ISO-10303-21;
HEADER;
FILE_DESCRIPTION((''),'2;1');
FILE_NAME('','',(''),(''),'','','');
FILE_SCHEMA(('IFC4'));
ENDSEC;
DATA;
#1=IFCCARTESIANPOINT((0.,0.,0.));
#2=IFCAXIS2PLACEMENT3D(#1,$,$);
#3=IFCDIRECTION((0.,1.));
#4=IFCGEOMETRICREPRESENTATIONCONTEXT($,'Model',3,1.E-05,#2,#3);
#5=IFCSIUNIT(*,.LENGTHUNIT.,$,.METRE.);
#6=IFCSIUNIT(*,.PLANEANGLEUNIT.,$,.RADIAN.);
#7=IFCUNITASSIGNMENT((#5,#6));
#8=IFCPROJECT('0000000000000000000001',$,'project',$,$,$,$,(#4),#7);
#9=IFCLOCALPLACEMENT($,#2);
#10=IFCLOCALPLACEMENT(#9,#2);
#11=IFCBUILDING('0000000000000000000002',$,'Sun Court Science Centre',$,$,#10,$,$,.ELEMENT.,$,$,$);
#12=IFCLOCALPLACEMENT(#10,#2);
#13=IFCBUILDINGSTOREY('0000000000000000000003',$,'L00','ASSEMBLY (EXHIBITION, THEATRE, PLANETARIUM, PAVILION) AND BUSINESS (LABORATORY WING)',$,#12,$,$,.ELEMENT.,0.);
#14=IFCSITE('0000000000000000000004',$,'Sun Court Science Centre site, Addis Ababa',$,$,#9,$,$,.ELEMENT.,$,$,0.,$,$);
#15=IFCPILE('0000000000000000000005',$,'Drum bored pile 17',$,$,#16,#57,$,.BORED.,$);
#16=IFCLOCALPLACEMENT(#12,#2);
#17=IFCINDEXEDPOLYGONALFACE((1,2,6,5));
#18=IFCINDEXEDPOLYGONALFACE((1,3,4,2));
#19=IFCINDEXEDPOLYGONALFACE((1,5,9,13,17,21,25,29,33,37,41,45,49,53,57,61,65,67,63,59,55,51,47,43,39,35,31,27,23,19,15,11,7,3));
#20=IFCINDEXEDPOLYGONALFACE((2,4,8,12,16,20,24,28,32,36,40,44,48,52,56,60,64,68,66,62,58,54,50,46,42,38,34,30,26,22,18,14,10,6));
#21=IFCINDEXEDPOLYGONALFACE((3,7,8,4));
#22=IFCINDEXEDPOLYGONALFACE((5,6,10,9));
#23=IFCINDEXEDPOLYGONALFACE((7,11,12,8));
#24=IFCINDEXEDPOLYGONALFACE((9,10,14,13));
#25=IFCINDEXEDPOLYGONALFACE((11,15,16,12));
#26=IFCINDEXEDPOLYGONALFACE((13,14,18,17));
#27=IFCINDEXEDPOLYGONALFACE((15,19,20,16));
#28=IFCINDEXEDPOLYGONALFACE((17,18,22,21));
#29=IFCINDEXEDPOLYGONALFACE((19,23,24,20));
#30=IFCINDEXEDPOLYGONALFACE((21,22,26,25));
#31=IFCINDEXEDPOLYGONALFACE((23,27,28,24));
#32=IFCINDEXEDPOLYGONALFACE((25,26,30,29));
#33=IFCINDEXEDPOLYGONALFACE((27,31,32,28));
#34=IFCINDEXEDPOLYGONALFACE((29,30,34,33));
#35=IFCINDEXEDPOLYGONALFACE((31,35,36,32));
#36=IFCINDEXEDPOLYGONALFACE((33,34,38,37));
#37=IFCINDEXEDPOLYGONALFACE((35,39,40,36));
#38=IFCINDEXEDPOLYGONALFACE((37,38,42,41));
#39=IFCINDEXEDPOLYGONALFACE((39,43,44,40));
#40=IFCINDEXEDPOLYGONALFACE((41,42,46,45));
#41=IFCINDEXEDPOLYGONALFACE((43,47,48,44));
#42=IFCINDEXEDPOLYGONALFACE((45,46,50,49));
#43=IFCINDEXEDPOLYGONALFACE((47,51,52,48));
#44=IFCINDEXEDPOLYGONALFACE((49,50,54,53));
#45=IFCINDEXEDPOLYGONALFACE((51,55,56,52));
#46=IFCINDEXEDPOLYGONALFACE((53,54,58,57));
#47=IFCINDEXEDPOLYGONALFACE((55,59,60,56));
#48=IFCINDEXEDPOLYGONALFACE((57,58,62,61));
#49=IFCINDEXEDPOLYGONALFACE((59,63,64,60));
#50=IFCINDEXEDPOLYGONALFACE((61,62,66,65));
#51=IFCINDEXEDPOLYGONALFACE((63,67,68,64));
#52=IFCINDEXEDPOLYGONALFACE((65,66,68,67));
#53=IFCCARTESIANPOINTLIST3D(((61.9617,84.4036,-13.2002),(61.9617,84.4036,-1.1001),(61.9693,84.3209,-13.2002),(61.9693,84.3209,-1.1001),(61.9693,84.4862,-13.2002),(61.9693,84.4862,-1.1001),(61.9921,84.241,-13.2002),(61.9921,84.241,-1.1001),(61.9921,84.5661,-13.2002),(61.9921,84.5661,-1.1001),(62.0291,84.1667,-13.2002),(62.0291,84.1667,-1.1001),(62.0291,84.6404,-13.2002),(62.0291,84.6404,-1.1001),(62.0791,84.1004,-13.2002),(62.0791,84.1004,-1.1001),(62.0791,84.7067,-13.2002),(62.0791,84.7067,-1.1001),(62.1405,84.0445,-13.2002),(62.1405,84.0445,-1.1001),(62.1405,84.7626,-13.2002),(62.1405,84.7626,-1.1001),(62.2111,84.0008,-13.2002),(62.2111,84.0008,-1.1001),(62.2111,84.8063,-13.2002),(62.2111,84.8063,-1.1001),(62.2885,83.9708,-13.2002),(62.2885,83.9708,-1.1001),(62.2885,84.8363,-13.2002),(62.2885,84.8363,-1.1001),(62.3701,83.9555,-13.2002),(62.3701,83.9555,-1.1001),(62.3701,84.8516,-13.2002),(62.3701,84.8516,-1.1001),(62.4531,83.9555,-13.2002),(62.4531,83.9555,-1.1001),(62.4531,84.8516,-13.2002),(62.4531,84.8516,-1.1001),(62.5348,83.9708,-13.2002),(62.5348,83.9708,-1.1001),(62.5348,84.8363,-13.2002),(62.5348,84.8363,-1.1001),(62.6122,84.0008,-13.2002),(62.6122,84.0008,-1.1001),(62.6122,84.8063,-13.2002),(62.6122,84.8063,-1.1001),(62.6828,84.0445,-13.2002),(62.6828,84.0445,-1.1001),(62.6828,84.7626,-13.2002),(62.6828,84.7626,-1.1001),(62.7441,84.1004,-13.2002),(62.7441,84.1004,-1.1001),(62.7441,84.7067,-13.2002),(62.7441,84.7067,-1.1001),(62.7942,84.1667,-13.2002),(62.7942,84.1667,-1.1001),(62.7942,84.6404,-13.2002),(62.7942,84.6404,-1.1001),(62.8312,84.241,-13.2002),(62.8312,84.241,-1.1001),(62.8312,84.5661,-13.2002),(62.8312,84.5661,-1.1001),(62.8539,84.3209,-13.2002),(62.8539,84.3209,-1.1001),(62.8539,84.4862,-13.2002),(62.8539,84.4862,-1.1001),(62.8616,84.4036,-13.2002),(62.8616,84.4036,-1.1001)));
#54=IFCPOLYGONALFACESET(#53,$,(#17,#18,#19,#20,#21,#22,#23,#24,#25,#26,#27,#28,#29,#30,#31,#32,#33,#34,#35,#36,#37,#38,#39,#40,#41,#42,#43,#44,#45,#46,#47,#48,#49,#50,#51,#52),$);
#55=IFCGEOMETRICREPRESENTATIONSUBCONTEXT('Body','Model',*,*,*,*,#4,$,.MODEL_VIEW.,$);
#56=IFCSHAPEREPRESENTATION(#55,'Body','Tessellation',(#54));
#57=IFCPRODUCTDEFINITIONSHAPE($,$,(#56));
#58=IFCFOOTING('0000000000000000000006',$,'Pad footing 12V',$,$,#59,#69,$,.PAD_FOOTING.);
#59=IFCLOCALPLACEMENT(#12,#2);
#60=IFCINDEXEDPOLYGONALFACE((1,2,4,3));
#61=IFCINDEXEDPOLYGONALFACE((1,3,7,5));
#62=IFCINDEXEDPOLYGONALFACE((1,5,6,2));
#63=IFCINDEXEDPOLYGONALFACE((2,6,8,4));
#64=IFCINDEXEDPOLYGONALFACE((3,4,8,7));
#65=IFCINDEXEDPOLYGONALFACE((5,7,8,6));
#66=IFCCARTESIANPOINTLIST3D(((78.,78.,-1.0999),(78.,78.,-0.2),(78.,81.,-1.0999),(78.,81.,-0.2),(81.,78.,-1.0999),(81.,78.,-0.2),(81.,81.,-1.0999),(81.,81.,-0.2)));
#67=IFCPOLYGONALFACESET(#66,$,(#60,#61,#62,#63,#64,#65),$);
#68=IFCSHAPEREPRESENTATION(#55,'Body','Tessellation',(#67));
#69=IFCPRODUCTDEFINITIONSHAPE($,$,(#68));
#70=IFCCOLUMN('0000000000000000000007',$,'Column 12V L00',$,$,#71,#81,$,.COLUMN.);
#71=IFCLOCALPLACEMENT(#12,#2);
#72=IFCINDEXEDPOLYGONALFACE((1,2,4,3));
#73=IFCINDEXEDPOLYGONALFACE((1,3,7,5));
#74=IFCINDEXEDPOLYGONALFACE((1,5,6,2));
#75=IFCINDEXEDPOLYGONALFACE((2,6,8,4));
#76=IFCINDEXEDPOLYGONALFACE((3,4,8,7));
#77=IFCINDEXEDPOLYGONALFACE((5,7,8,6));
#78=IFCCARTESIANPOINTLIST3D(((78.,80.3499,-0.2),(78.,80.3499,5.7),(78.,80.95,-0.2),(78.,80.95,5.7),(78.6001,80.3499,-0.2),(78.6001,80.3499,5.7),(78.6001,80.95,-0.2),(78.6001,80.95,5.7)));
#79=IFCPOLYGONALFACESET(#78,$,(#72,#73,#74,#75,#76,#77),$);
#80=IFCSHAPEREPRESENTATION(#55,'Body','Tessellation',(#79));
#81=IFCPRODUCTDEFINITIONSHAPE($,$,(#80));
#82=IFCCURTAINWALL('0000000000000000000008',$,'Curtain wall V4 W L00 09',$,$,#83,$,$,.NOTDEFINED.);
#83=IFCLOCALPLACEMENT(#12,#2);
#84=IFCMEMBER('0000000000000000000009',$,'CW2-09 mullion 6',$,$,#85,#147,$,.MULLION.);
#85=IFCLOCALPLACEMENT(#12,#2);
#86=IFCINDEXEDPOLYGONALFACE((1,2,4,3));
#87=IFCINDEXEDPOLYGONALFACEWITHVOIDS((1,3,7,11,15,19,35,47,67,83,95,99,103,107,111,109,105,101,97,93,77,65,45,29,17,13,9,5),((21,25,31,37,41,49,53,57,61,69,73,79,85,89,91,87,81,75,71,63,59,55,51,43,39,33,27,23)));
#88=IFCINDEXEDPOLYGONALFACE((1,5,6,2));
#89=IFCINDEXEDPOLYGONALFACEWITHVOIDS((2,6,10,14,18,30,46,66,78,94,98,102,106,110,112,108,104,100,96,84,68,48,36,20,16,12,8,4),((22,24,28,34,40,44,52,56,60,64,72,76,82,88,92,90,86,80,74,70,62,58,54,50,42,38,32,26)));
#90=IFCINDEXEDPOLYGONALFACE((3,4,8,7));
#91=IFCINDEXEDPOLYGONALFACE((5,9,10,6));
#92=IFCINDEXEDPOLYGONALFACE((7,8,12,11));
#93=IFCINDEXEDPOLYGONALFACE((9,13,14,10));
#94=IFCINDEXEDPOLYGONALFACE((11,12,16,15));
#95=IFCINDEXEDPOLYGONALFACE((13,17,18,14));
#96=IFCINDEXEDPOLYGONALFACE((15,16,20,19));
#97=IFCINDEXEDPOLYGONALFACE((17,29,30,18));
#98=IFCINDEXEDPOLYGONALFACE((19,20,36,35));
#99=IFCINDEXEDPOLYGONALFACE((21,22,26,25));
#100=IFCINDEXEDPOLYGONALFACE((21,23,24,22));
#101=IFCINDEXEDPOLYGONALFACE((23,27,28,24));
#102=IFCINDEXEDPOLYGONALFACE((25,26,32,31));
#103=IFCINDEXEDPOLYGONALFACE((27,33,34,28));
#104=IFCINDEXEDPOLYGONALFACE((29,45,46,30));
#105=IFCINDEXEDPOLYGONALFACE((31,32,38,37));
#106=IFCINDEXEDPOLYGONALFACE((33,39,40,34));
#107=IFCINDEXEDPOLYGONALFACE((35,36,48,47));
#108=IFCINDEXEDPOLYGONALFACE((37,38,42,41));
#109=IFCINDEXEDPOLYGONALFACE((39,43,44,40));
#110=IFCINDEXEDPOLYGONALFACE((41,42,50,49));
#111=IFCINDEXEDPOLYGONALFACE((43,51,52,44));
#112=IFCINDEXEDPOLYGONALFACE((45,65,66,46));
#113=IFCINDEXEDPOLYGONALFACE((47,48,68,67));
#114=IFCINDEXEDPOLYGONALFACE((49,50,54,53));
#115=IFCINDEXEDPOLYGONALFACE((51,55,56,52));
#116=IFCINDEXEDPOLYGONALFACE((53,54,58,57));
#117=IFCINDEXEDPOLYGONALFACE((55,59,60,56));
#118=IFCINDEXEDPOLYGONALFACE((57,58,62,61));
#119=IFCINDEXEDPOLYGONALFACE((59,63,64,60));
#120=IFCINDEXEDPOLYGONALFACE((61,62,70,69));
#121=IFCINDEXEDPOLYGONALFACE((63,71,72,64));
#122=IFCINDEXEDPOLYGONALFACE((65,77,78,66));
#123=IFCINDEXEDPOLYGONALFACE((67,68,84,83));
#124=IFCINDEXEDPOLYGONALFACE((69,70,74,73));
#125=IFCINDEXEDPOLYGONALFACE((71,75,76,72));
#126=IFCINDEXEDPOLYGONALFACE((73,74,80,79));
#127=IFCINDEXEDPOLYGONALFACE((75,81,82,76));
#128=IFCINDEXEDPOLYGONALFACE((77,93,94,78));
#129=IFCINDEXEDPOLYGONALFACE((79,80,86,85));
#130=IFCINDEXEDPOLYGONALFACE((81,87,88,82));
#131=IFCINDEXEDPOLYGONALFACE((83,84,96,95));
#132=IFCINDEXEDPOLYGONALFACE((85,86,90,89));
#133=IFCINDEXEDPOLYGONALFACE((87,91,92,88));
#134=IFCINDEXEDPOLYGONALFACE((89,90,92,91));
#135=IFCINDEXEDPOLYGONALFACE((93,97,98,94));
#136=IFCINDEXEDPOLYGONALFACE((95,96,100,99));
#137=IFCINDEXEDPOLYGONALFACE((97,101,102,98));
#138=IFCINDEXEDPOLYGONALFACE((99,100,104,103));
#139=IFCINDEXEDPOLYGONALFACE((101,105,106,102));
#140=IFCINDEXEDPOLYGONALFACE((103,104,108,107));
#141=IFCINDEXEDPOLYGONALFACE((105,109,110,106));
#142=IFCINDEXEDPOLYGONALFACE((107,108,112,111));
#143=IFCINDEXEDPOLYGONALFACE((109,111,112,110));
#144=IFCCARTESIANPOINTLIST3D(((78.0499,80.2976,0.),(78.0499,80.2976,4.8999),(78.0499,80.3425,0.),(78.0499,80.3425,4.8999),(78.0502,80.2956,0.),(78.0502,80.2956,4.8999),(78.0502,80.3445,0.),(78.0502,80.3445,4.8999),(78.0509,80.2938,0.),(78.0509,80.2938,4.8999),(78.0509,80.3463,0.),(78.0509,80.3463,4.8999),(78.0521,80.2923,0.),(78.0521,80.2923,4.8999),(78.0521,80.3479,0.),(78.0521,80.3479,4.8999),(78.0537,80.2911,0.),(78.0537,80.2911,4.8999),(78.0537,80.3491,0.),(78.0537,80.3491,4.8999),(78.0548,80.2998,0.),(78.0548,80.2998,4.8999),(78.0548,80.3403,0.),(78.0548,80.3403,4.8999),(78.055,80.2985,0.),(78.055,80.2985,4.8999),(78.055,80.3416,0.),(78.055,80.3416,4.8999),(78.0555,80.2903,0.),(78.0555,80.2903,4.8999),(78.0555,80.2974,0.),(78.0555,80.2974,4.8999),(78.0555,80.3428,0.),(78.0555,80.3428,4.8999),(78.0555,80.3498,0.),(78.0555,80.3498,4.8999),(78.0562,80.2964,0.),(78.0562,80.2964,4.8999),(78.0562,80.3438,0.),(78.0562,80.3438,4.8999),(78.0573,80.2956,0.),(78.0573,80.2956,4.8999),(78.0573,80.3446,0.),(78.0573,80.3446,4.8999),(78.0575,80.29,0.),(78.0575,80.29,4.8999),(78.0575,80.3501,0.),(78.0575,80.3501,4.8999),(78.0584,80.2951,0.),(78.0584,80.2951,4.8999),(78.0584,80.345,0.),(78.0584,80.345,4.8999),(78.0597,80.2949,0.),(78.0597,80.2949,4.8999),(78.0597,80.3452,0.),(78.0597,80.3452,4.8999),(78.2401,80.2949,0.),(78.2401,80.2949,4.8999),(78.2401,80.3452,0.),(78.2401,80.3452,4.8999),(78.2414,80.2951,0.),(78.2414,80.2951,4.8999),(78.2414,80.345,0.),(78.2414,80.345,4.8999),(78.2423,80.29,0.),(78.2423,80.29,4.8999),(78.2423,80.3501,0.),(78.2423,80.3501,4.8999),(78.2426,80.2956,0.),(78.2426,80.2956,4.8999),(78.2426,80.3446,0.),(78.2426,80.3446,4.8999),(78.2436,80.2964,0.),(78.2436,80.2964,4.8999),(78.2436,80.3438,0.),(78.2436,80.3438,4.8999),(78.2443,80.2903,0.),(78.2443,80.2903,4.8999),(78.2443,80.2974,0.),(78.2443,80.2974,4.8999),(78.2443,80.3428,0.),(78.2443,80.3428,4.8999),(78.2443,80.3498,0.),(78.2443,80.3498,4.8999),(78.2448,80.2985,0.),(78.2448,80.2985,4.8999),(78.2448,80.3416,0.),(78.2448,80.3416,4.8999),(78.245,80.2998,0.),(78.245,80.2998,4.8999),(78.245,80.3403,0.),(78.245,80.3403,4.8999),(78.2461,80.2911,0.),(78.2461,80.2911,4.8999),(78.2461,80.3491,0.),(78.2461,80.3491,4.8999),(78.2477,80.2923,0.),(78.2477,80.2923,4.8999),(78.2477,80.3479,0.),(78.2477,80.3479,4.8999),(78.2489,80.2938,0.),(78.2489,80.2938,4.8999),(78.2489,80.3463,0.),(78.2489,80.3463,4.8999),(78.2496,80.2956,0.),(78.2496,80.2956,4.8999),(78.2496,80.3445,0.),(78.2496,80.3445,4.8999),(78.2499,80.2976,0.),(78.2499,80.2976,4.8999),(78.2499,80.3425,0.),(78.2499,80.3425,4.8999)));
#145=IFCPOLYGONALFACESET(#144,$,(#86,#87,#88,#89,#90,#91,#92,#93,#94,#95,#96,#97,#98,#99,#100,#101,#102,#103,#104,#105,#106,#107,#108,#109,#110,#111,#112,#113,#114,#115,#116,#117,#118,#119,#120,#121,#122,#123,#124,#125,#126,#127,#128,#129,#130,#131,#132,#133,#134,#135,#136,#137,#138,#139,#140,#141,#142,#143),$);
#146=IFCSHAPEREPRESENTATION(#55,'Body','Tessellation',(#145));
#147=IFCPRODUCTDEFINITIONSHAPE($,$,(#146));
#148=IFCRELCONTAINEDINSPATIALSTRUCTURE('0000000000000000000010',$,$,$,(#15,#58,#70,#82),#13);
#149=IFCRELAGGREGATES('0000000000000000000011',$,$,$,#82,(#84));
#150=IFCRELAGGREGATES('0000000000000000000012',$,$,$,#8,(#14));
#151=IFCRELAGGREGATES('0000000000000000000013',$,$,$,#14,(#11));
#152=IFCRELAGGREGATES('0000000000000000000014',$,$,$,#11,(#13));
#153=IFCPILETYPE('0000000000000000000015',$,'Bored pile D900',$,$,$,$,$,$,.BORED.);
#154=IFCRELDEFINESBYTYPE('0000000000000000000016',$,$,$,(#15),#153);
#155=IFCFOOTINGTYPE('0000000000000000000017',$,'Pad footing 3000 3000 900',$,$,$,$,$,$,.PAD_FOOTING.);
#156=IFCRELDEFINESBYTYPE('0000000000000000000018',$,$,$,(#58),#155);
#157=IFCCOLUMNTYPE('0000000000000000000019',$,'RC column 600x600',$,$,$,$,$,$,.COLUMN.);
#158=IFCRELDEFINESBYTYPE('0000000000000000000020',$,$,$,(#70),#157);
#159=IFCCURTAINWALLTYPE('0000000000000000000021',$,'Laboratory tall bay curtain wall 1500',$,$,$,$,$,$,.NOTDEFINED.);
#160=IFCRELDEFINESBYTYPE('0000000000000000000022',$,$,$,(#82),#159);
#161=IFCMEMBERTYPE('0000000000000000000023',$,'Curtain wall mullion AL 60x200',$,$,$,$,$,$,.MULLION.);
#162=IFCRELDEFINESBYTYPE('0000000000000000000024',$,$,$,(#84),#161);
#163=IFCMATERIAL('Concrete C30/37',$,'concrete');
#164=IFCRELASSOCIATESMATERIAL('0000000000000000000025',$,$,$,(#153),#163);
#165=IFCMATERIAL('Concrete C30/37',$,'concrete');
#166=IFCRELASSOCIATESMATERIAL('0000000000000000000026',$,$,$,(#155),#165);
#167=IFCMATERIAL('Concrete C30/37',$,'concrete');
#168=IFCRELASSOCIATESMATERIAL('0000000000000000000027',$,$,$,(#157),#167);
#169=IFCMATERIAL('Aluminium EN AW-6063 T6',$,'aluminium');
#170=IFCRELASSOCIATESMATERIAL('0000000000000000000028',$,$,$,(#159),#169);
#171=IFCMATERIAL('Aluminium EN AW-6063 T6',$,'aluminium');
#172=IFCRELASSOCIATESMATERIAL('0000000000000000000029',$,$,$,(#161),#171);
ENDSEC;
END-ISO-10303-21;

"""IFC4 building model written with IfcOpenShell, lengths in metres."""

from ifc_helpers import new_model, si_unit, direction, frame, origin, origin_2d, place, context, subcontext, project, spatial, rectangle, hollow_rectangle, circle, extrude, material, material_profile, profile_set, type_object, element, aggregate, save


model = new_model("IFC4")

# Units and contexts
model_context = context("Model", 3, precision=1e-05, world=origin(), true_north=direction((0.0, 1.0)))
body_context = subcontext(model_context, "Body", "Model", "MODEL_VIEW")
ifc_project = project(units=[si_unit("LENGTHUNIT", "METRE"), si_unit("PLANEANGLEUNIT", "RADIAN")], contexts=[model_context])

# Site, building, storey
site_placement = place(None, origin())
site = spatial("IfcSite", under=ifc_project, at=site_placement, Name="Sun Court Science Centre site, Addis Ababa", CompositionType="ELEMENT", RefElevation=0.0)
building_placement = place(site_placement, origin())
building = spatial("IfcBuilding", under=site, at=building_placement, Name="Sun Court Science Centre", CompositionType="ELEMENT")
storey_placement = place(building_placement, origin())
storey = spatial("IfcBuildingStorey", under=building, at=storey_placement, Name="L00", Description="ASSEMBLY (EXHIBITION, THEATRE, PLANETARIUM, PAVILION) AND BUSINESS (LABORATORY WING)", CompositionType="ELEMENT", Elevation=0.0)

# Pile
ifc_material_1 = material(Name="Concrete C30/37", Category="concrete")
ifc_material_profile_1 = material_profile(ifc_material_1, circle(Radius=0.45, at=origin_2d()), Name="RC D900")
ifc_profile_set_1 = profile_set([ifc_material_profile_1], Name="Concrete C30/37")
pile_type = type_object("IfcPileType", Name="Bored pile D900", PredefinedType="BORED", material=ifc_profile_set_1)
pile_placement = place(storey_placement, frame((62.4116, 84.4036, -1.1001), z_axis=(0.0, 0.0, -1.0), x_axis=(1.0, 0.0, 0.0)))
element("IfcPile", 1, at=pile_placement, inside=storey, type_object=pile_type, Name="Drum bored pile 17", PredefinedType="BORED", context=body_context, shape_type="SweptSolid", body=[
    extrude(circle(Radius=0.45, at=origin_2d()), origin(), (0.0, 0.0, 1.0), 12.1001),
])

# Footing
ifc_material_2 = material(Name="Concrete C30/37", Category="concrete")
footing_type = type_object("IfcFootingType", Name="Pad footing 3000 3000 900", PredefinedType="PAD_FOOTING", material=ifc_material_2)
footing_placement = place(storey_placement, frame((79.5, 79.5, -1.0999), z_axis=(0.0, 0.0, 1.0), x_axis=(1.0, 0.0, 0.0)))
element("IfcFooting", 2, at=footing_placement, inside=storey, type_object=footing_type, Name="Pad footing 12V", PredefinedType="PAD_FOOTING", context=body_context, shape_type="SweptSolid", body=[
    extrude(rectangle(XDim=3.0, YDim=3.0, at=origin_2d()), origin(), (0.0, 0.0, 1.0), 0.8999),
])

# Column
ifc_material_3 = material(Name="Concrete C30/37", Category="concrete")
ifc_material_profile_2 = material_profile(ifc_material_3, rectangle(XDim=0.6001, YDim=0.6001, at=origin_2d()), Name="RC 600x600")
ifc_profile_set_2 = profile_set([ifc_material_profile_2], Name="Concrete C30/37")
column_type = type_object("IfcColumnType", Name="RC column 600x600", PredefinedType="COLUMN", material=ifc_profile_set_2)
column_placement = place(storey_placement, frame((78.3, 80.6499, -0.2), z_axis=(0.0, 0.0, 1.0), x_axis=(1.0, 0.0, 0.0)))
element("IfcColumn", 3, at=column_placement, inside=storey, type_object=column_type, Name="Column 12V L00", PredefinedType="COLUMN", context=body_context, shape_type="SweptSolid", body=[
    extrude(rectangle(XDim=0.6001, YDim=0.6001, at=origin_2d()), origin(), (0.0, 0.0, 1.0), 5.8999),
])

# Curtain wall, member
ifc_material_4 = material(Name="Aluminium EN AW-6063 T6", Category="aluminium")
curtain_wall_type = type_object("IfcCurtainWallType", Name="Laboratory tall bay curtain wall 1500", PredefinedType="NOTDEFINED", material=ifc_material_4)
curtain_wall_1_placement = place(storey_placement, origin())
curtain_wall_1 = element("IfcCurtainWall", 4, at=curtain_wall_1_placement, inside=storey, type_object=curtain_wall_type, Name="Curtain wall V4 W L00 09", PredefinedType="NOTDEFINED")
ifc_material_5 = material(Name="Aluminium EN AW-6063 T6", Category="aluminium")
ifc_material_profile_3 = material_profile(ifc_material_5, hollow_rectangle(XDim=0.0601, YDim=0.2, WallThickness=0.0049, InnerFilletRadius=0.0049, OuterFilletRadius=0.0076, at=origin_2d()), Name="AL 60x200x5")
ifc_profile_set_3 = profile_set([ifc_material_profile_3], Name="Aluminium EN AW-6063 T6")
member_type_1 = type_object("IfcMemberType", Name="Curtain wall mullion AL 60x200", PredefinedType="MULLION", material=ifc_profile_set_3)
member_1_placement = place(storey_placement, frame((78.1499, 80.3201, 0.0), z_axis=(0.0, 0.0, 1.0), x_axis=(0.0, 1.0, 0.0)))
member_1 = element("IfcMember", 5, at=member_1_placement, type_object=member_type_1, Name="CW2-09 mullion 6", PredefinedType="MULLION", context=body_context, shape_type="SweptSolid", body=[
    extrude(hollow_rectangle(XDim=0.0601, YDim=0.2, WallThickness=0.0049, InnerFilletRadius=0.0049, OuterFilletRadius=0.0076, at=origin_2d()), origin(), (0.0, 0.0, 1.0), 4.8999),
])

aggregate(curtain_wall_1, [member_1])

save(model, "model.ifc")
